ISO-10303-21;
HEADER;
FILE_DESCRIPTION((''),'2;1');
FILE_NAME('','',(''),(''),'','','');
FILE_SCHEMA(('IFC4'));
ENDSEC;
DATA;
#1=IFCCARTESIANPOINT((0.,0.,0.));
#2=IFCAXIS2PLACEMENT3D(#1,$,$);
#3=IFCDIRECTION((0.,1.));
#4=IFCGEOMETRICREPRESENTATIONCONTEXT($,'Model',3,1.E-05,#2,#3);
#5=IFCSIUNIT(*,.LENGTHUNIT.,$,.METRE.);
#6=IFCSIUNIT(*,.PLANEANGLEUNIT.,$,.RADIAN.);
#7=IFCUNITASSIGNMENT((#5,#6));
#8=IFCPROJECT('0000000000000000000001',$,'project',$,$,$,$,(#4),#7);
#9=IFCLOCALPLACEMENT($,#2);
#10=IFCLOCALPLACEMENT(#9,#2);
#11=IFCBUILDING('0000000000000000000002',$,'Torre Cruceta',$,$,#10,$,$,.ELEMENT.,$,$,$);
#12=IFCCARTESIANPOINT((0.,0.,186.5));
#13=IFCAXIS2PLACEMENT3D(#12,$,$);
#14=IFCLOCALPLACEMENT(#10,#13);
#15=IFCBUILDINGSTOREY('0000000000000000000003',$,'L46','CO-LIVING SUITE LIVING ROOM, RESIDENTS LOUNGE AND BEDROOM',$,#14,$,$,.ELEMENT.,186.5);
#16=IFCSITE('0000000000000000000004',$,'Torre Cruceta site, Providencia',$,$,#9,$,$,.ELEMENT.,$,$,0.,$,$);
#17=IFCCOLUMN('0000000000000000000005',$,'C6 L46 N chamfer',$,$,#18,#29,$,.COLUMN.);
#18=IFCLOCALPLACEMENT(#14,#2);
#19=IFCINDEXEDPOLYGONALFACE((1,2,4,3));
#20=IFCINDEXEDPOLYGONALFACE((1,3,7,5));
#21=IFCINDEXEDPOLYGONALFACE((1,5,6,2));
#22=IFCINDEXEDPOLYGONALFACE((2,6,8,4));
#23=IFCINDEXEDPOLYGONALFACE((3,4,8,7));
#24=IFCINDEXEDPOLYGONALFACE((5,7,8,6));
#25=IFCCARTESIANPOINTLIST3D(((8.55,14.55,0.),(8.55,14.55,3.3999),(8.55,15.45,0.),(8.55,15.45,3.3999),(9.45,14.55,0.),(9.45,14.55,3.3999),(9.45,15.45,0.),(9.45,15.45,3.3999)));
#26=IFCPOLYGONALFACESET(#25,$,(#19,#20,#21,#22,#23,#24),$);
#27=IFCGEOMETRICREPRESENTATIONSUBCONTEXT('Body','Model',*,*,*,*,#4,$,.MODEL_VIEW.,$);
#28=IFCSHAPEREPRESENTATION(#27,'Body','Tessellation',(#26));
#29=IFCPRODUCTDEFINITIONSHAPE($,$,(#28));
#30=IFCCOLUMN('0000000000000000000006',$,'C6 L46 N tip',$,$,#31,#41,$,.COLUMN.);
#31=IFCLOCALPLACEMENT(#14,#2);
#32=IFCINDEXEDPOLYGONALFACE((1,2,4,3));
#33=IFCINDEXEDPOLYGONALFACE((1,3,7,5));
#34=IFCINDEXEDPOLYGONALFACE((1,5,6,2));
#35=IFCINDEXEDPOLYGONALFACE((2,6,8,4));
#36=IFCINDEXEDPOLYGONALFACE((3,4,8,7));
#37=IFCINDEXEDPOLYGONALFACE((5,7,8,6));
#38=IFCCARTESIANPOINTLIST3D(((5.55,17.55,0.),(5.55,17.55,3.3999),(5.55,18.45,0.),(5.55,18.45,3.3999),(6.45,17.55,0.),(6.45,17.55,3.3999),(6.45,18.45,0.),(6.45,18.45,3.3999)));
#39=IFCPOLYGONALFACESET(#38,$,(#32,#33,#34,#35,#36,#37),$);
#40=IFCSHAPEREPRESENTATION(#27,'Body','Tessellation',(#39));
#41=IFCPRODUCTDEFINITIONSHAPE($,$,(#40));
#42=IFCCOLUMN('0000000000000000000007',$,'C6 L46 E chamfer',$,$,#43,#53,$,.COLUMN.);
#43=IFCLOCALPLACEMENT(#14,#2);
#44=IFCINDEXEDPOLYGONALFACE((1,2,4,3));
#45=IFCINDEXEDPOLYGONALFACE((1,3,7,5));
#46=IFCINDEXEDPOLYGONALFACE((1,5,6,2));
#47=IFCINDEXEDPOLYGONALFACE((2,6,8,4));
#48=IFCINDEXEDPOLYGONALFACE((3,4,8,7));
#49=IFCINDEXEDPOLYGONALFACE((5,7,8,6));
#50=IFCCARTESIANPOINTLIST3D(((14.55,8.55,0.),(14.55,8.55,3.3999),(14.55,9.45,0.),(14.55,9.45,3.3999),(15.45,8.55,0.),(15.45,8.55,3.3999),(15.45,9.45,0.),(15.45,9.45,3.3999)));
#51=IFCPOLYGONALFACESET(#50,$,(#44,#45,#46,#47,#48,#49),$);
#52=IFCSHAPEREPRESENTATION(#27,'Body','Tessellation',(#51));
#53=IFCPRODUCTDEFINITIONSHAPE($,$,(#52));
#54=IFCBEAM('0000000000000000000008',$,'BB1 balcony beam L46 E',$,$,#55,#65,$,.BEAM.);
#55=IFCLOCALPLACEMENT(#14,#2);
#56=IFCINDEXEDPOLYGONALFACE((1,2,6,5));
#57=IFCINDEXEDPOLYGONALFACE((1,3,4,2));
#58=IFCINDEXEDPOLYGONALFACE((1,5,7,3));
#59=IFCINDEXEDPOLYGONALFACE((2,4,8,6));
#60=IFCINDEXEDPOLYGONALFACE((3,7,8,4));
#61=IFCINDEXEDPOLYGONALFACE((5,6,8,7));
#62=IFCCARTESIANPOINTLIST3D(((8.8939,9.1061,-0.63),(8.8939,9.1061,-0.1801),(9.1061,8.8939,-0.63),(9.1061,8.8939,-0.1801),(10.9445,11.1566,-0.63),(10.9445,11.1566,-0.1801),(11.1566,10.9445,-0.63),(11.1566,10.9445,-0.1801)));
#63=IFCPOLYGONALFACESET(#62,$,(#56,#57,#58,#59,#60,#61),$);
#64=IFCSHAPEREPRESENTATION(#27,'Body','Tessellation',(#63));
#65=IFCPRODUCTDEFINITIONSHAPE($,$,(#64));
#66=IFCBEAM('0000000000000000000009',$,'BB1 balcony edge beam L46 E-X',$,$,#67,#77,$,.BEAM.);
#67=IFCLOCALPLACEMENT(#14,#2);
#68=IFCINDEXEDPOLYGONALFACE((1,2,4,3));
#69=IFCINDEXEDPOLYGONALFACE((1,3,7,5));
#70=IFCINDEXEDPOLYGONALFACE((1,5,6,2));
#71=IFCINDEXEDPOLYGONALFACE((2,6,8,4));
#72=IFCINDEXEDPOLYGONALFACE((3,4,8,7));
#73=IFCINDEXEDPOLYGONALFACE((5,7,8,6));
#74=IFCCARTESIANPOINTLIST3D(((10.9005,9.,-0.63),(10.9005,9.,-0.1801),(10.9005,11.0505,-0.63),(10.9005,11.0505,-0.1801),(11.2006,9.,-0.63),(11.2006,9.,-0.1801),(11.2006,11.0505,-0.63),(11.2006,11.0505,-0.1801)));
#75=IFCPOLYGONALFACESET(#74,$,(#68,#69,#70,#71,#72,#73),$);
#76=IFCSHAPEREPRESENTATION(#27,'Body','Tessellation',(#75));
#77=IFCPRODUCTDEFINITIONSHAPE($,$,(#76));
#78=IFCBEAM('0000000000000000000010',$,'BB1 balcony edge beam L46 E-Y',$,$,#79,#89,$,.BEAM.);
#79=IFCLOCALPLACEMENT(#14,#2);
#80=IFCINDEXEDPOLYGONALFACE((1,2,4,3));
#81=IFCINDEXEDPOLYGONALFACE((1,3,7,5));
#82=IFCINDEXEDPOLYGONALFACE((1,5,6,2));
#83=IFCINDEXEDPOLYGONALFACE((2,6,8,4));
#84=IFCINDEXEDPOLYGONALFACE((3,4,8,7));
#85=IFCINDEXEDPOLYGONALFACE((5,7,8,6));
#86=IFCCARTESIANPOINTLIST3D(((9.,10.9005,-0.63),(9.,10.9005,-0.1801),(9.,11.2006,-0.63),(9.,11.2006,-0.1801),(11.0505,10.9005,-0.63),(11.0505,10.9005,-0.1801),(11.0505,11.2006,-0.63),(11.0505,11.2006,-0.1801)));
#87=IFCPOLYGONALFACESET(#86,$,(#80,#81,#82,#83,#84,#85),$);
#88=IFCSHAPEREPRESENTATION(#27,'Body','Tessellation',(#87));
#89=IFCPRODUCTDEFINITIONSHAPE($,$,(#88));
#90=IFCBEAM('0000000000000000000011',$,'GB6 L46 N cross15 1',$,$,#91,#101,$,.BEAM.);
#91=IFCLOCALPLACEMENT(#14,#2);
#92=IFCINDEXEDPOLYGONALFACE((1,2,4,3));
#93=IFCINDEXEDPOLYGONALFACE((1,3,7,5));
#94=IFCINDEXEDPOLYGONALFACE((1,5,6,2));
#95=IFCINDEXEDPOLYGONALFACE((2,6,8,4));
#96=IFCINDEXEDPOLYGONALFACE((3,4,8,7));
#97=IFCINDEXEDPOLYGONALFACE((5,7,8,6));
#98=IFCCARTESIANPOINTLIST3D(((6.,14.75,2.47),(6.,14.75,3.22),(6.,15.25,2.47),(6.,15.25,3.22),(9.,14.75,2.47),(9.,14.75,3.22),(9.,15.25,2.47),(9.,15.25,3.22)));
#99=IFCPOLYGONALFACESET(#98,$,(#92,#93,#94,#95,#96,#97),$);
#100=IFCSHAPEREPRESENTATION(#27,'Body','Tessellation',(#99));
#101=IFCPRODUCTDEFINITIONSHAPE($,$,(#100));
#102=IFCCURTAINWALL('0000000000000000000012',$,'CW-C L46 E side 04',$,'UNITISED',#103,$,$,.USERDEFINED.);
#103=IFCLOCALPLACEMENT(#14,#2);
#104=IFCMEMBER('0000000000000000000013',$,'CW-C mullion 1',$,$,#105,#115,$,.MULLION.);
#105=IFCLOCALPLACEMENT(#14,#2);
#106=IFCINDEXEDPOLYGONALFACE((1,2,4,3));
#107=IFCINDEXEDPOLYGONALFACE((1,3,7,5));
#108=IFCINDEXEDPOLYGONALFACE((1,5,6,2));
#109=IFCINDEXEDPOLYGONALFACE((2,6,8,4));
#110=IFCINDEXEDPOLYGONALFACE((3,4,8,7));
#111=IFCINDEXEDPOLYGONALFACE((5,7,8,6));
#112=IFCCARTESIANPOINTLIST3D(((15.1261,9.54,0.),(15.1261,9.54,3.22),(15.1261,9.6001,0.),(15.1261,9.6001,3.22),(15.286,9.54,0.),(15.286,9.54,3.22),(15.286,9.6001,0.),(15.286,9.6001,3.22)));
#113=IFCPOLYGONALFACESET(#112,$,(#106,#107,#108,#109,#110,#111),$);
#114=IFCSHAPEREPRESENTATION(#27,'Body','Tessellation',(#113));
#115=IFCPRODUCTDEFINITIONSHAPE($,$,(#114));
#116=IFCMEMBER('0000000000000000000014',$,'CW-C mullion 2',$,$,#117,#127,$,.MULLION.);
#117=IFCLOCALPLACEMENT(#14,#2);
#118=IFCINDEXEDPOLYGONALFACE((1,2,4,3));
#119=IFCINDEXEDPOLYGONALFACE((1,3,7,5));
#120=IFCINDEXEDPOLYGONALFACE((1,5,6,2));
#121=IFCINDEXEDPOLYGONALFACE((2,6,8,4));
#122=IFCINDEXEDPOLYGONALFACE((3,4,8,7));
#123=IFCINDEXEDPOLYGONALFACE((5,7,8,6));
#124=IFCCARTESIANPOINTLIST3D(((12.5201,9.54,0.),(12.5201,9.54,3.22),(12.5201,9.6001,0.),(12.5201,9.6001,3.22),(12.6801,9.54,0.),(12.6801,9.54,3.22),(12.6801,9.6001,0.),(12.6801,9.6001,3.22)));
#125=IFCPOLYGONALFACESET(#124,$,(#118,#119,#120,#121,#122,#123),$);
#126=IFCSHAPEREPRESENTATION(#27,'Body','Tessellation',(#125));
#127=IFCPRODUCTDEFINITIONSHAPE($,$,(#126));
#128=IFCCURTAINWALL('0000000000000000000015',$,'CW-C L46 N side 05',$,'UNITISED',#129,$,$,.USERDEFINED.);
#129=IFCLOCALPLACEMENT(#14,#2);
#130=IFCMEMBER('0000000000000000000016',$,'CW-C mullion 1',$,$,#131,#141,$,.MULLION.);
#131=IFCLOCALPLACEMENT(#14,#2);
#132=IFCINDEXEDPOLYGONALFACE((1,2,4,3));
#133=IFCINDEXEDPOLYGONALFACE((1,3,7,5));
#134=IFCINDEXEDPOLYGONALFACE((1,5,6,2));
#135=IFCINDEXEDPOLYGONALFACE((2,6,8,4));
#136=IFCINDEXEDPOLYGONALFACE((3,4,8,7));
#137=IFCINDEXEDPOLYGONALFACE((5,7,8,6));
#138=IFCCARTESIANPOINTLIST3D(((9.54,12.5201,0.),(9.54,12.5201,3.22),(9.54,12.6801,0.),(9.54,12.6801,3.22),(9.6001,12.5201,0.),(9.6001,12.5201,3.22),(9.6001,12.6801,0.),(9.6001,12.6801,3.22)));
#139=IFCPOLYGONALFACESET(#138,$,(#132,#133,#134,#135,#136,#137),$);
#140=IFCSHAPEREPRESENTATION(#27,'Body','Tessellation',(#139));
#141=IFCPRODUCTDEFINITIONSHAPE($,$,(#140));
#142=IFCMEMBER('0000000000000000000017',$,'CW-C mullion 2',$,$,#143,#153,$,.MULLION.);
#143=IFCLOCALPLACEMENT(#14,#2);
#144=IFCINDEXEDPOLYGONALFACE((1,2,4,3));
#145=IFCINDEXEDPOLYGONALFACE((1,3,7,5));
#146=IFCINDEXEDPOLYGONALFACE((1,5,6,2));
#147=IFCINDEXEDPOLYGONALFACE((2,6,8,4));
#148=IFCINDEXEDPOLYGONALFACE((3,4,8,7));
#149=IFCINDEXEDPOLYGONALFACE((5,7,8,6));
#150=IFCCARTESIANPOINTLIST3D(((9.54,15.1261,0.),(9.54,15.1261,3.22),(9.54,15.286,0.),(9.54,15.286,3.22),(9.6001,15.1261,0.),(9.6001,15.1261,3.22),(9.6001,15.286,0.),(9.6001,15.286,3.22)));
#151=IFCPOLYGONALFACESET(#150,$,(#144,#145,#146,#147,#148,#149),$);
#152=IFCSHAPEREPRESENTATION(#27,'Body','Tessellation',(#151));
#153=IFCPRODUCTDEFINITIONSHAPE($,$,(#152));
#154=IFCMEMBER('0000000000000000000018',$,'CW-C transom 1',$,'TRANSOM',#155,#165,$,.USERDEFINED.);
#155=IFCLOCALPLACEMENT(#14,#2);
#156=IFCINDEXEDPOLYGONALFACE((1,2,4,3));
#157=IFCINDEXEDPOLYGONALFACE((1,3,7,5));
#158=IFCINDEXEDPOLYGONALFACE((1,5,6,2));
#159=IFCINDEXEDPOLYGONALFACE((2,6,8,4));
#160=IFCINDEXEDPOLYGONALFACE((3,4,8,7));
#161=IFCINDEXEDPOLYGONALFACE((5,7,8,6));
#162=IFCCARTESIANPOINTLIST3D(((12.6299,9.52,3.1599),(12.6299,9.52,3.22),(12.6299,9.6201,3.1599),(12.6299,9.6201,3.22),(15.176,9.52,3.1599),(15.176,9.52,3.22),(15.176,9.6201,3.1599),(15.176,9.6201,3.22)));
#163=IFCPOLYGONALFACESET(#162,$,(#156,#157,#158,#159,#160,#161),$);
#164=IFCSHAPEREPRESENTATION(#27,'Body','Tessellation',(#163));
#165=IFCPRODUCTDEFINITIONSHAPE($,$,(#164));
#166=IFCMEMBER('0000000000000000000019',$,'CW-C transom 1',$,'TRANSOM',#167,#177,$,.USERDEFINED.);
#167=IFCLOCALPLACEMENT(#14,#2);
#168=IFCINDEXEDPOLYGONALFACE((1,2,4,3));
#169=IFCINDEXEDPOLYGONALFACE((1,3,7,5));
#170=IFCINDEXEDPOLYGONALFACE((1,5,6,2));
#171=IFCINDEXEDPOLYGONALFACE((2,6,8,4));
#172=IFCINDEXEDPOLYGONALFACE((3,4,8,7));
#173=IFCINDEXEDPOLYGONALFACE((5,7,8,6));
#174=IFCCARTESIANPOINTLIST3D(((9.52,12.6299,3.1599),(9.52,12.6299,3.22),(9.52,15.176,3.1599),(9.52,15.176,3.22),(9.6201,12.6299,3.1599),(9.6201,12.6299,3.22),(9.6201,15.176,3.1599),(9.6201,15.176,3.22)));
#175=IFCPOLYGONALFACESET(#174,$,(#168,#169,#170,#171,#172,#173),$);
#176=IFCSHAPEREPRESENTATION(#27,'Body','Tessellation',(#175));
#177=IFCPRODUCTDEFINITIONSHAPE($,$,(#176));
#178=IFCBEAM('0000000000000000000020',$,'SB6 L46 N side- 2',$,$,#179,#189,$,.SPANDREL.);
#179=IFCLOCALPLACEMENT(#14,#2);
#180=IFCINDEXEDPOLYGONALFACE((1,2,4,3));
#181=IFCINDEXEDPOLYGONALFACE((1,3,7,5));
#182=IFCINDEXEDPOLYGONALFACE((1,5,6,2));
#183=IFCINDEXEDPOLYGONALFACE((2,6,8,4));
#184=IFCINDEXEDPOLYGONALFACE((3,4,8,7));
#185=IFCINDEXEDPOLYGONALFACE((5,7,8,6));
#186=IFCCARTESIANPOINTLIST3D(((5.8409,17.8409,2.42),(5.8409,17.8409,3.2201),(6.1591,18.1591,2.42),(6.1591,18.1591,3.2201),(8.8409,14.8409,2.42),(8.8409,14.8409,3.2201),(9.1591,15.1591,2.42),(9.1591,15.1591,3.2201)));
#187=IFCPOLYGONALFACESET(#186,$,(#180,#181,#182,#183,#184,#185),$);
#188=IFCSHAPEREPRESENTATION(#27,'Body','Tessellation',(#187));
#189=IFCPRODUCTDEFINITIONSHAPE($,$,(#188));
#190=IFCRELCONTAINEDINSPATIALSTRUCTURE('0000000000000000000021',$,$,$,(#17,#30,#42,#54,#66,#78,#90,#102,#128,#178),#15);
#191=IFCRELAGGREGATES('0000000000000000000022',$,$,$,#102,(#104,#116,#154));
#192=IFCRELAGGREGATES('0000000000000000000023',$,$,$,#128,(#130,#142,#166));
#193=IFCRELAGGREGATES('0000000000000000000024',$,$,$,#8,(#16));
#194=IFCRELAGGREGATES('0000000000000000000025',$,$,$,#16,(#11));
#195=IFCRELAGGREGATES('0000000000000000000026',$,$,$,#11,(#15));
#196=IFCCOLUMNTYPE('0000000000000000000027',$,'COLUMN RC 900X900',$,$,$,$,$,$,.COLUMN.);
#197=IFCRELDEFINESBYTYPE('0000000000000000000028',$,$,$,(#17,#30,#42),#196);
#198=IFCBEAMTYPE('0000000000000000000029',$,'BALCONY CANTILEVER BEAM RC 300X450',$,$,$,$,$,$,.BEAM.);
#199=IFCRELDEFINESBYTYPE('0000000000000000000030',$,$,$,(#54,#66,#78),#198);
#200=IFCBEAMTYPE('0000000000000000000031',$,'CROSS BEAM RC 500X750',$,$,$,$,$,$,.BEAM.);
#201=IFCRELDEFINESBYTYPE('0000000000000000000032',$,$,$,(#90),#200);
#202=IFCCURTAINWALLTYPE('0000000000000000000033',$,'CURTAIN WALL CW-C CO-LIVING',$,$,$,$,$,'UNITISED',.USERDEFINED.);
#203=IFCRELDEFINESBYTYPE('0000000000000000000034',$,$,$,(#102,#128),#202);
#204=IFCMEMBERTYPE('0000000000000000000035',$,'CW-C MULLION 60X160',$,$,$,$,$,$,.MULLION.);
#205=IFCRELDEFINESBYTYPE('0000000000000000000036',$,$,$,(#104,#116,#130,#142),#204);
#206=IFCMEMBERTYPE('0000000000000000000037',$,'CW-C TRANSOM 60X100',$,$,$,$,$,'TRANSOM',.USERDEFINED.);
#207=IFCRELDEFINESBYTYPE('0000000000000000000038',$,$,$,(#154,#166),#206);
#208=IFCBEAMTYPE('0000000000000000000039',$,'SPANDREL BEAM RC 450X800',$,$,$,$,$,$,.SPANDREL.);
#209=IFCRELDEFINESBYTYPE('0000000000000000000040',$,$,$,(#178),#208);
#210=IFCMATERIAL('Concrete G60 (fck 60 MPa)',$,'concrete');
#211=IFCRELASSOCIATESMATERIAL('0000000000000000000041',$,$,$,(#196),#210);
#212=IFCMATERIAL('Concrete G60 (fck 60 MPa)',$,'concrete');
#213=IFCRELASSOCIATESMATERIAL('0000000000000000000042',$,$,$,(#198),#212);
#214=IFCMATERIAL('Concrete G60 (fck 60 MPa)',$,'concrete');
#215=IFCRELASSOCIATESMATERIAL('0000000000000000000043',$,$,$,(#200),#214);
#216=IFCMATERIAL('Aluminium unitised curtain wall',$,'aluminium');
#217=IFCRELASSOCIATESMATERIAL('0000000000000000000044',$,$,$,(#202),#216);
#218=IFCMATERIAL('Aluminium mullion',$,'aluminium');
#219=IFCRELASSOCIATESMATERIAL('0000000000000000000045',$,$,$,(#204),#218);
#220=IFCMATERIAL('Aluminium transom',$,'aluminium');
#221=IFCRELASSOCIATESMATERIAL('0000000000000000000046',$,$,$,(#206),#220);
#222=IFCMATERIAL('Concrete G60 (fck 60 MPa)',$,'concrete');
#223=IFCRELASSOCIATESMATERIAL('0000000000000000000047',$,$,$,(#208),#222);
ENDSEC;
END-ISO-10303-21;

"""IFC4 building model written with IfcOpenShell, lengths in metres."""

from ifc_helpers import new_model, si_unit, direction, frame, origin, origin_2d, place, context, subcontext, project, spatial, rectangle, extrude, material, material_profile, profile_set, type_object, element, aggregate, save


model = new_model("IFC4")

# Units and contexts
model_context = context("Model", 3, precision=1e-05, world=origin(), true_north=direction((0.0, 1.0)))
body_context = subcontext(model_context, "Body", "Model", "MODEL_VIEW")
ifc_project = project(units=[si_unit("LENGTHUNIT", "METRE"), si_unit("PLANEANGLEUNIT", "RADIAN")], contexts=[model_context])

# Site, building, storey
site_placement = place(None, origin())
site = spatial("IfcSite", under=ifc_project, at=site_placement, Name="Torre Cruceta site, Providencia", CompositionType="ELEMENT", RefElevation=0.0)
building_placement = place(site_placement, origin())
building = spatial("IfcBuilding", under=site, at=building_placement, Name="Torre Cruceta", CompositionType="ELEMENT")
storey_placement = place(building_placement, frame((0.0, 0.0, 186.5)))
storey = spatial("IfcBuildingStorey", under=building, at=storey_placement, Name="L46", Description="CO-LIVING SUITE LIVING ROOM, RESIDENTS LOUNGE AND BEDROOM", CompositionType="ELEMENT", Elevation=186.5)

# Columns
ifc_material_1 = material(Name="Concrete G60 (fck 60 MPa)", Category="concrete")
ifc_material_profile_1 = material_profile(ifc_material_1, rectangle(XDim=0.8999, YDim=0.8999, at=origin_2d()), Name="RC 900X900")
ifc_profile_set_1 = profile_set([ifc_material_profile_1], Name="Concrete G60 (fck 60 MPa)")
column_type = type_object("IfcColumnType", Name="COLUMN RC 900X900", PredefinedType="COLUMN", material=ifc_profile_set_1)
for number, where, z_axis, x_axis, name in (
    (1, (9.0, 15.0, 0.0), (0.0, 0.0, 1.0), (1.0, 0.0, 0.0), "C6 L46 N chamfer"),
    (2, (6.0, 18.0, 0.0), (0.0, 0.0, 1.0), (1.0, 0.0, 0.0), "C6 L46 N tip"),
    (3, (15.0, 9.0, 0.0), (0.0, 0.0, 1.0), (1.0, 0.0, 0.0), "C6 L46 E chamfer"),
):
    element("IfcColumn", number, at=place(storey_placement, frame(where, z_axis=z_axis, x_axis=x_axis)), inside=storey, type_object=column_type, Name=name, PredefinedType="COLUMN", context=body_context, shape_type="SweptSolid", body=[
        extrude(rectangle(XDim=0.8999, YDim=0.8999, at=origin_2d()), origin(), (0.0, 0.0, 1.0), 3.3999),
    ])

# Beams
ifc_material_2 = material(Name="Concrete G60 (fck 60 MPa)", Category="concrete")
ifc_material_profile_2 = material_profile(ifc_material_2, rectangle(XDim=0.3, YDim=0.45, at=origin_2d()), Name="RC 300X450")
ifc_profile_set_2 = profile_set([ifc_material_profile_2], Name="Concrete G60 (fck 60 MPa)")
beam_type_1 = type_object("IfcBeamType", Name="BALCONY CANTILEVER BEAM RC 300X450", PredefinedType="BEAM", material=ifc_profile_set_2)
beam_1_placement = place(storey_placement, frame((9.0, 9.0, -0.405), z_axis=(0.707107, 0.707107, 0.0), x_axis=(-0.707107, 0.707107, 0.0)))
element("IfcBeam", 4, at=beam_1_placement, inside=storey, type_object=beam_type_1, Name="BB1 balcony beam L46 E", PredefinedType="BEAM", context=body_context, shape_type="SweptSolid", body=[
    extrude(rectangle(XDim=0.3, YDim=0.45, at=origin_2d()), origin(), (0.0, 0.0, 1.0), 2.8999),
])
for number, where, z_axis, x_axis, name in (
    (5, (11.0505, 9.0, -0.405), (0.0, 1.0, 0.0), (-1.0, 0.0, 0.0), "BB1 balcony edge beam L46 E-X"),
    (6, (9.0, 11.0505, -0.405), (1.0, 0.0, 0.0), (0.0, 1.0, 0.0), "BB1 balcony edge beam L46 E-Y"),
):
    element("IfcBeam", number, at=place(storey_placement, frame(where, z_axis=z_axis, x_axis=x_axis)), inside=storey, type_object=beam_type_1, Name=name, PredefinedType="BEAM", context=body_context, shape_type="SweptSolid", body=[
        extrude(rectangle(XDim=0.3, YDim=0.45, at=origin_2d()), origin(), (0.0, 0.0, 1.0), 2.0505),
    ])
ifc_material_3 = material(Name="Concrete G60 (fck 60 MPa)", Category="concrete")
ifc_material_profile_3 = material_profile(ifc_material_3, rectangle(XDim=0.5, YDim=0.75, at=origin_2d()), Name="RC 500X750")
ifc_profile_set_3 = profile_set([ifc_material_profile_3], Name="Concrete G60 (fck 60 MPa)")
beam_type_2 = type_object("IfcBeamType", Name="CROSS BEAM RC 500X750", PredefinedType="BEAM", material=ifc_profile_set_3)
beam_2_placement = place(storey_placement, frame((9.0, 15.0, 2.845), z_axis=(-1.0, 0.0, 0.0), x_axis=(0.0, -1.0, 0.0)))
element("IfcBeam", 7, at=beam_2_placement, inside=storey, type_object=beam_type_2, Name="GB6 L46 N cross15 1", PredefinedType="BEAM", context=body_context, shape_type="SweptSolid", body=[
    extrude(rectangle(XDim=0.5, YDim=0.75, at=origin_2d()), origin(), (0.0, 0.0, 1.0), 3.0),
])

# Curtain walls, members
ifc_material_4 = material(Name="Aluminium unitised curtain wall", Category="aluminium")
curtain_wall_type = type_object("IfcCurtainWallType", Name="CURTAIN WALL CW-C CO-LIVING", ElementType="UNITISED", PredefinedType="USERDEFINED", material=ifc_material_4)
curtain_wall_1_placement = place(storey_placement, origin())
curtain_wall_1 = element("IfcCurtainWall", 8, at=curtain_wall_1_placement, inside=storey, type_object=curtain_wall_type, Name="CW-C L46 E side 04", ObjectType="UNITISED", PredefinedType="USERDEFINED")
ifc_material_5 = material(Name="Aluminium mullion", Category="aluminium")
ifc_material_profile_4 = material_profile(ifc_material_5, rectangle(XDim=0.0601, YDim=0.1599, at=origin_2d()), Name="AL 60X160")
ifc_profile_set_4 = profile_set([ifc_material_profile_4], Name="Aluminium mullion")
member_type_1 = type_object("IfcMemberType", Name="CW-C MULLION 60X160", PredefinedType="MULLION", material=ifc_profile_set_4)
member_1_placement = place(storey_placement, frame((15.2061, 9.5701, 0.0), z_axis=(0.0, 0.0, 1.0), x_axis=(0.0, -1.0, 0.0)))
member_1 = element("IfcMember", 9, at=member_1_placement, type_object=member_type_1, Name="CW-C mullion 1", PredefinedType="MULLION", context=body_context, shape_type="SweptSolid", body=[
    extrude(rectangle(XDim=0.0601, YDim=0.1599, at=origin_2d()), origin(), (0.0, 0.0, 1.0), 3.22),
])
member_2_placement = place(storey_placement, frame((12.6001, 9.5701, 0.0), z_axis=(0.0, 0.0, 1.0), x_axis=(0.0, -1.0, 0.0)))
member_2 = element("IfcMember", 10, at=member_2_placement, type_object=member_type_1, Name="CW-C mullion 2", PredefinedType="MULLION", context=body_context, shape_type="SweptSolid", body=[
    extrude(rectangle(XDim=0.0601, YDim=0.1599, at=origin_2d()), origin(), (0.0, 0.0, 1.0), 3.22),
])
curtain_wall_2_placement = place(storey_placement, origin())
curtain_wall_2 = element("IfcCurtainWall", 11, at=curtain_wall_2_placement, inside=storey, type_object=curtain_wall_type, Name="CW-C L46 N side 05", ObjectType="UNITISED", PredefinedType="USERDEFINED")
member_3_placement = place(storey_placement, frame((9.5701, 12.6001, 0.0), z_axis=(0.0, 0.0, 1.0), x_axis=(-1.0, 0.0, 0.0)))
member_3 = element("IfcMember", 12, at=member_3_placement, type_object=member_type_1, Name="CW-C mullion 1", PredefinedType="MULLION", context=body_context, shape_type="SweptSolid", body=[
    extrude(rectangle(XDim=0.0601, YDim=0.1599, at=origin_2d()), origin(), (0.0, 0.0, 1.0), 3.22),
])
member_4_placement = place(storey_placement, frame((9.5701, 15.2061, 0.0), z_axis=(0.0, 0.0, 1.0), x_axis=(-1.0, 0.0, 0.0)))
member_4 = element("IfcMember", 13, at=member_4_placement, type_object=member_type_1, Name="CW-C mullion 2", PredefinedType="MULLION", context=body_context, shape_type="SweptSolid", body=[
    extrude(rectangle(XDim=0.0601, YDim=0.1599, at=origin_2d()), origin(), (0.0, 0.0, 1.0), 3.22),
])

# Members
ifc_material_6 = material(Name="Aluminium transom", Category="aluminium")
ifc_material_profile_5 = material_profile(ifc_material_6, rectangle(XDim=0.1001, YDim=0.0601, at=origin_2d()), Name="AL 100X60")
ifc_profile_set_5 = profile_set([ifc_material_profile_5], Name="Aluminium transom")
member_type_2 = type_object("IfcMemberType", Name="CW-C TRANSOM 60X100", ElementType="TRANSOM", PredefinedType="USERDEFINED", material=ifc_profile_set_5)
member_5_placement = place(storey_placement, frame((15.176, 9.5701, 3.1899), z_axis=(-1.0, 0.0, 0.0), x_axis=(0.0, -1.0, 0.0)))
member_5 = element("IfcMember", 14, at=member_5_placement, type_object=member_type_2, Name="CW-C transom 1", ObjectType="TRANSOM", PredefinedType="USERDEFINED", context=body_context, shape_type="SweptSolid", body=[
    extrude(rectangle(XDim=0.1001, YDim=0.0601, at=origin_2d()), origin(), (0.0, 0.0, 1.0), 2.5461),
])
member_6_placement = place(storey_placement, frame((9.5701, 12.6299, 3.1899), z_axis=(0.0, 1.0, 0.0), x_axis=(-1.0, 0.0, 0.0)))
member_6 = element("IfcMember", 15, at=member_6_placement, type_object=member_type_2, Name="CW-C transom 1", ObjectType="TRANSOM", PredefinedType="USERDEFINED", context=body_context, shape_type="SweptSolid", body=[
    extrude(rectangle(XDim=0.1001, YDim=0.0601, at=origin_2d()), origin(), (0.0, 0.0, 1.0), 2.5461),
])

# Beam
ifc_material_7 = material(Name="Concrete G60 (fck 60 MPa)", Category="concrete")
ifc_material_profile_6 = material_profile(ifc_material_7, rectangle(XDim=0.45, YDim=0.8, at=origin_2d()), Name="RC 450X800")
ifc_profile_set_6 = profile_set([ifc_material_profile_6], Name="Concrete G60 (fck 60 MPa)")
beam_type_3 = type_object("IfcBeamType", Name="SPANDREL BEAM RC 450X800", PredefinedType="SPANDREL", material=ifc_profile_set_6)
for number, where, z_axis, x_axis, name in (
    (16, (9.0, 15.0, 2.8201), (-0.707107, 0.707107, 0.0), (-0.707107, -0.707107, 0.0), "SB6 L46 N side- 2"),
):
    element("IfcBeam", number, at=place(storey_placement, frame(where, z_axis=z_axis, x_axis=x_axis)), inside=storey, type_object=beam_type_3, Name=name, PredefinedType="SPANDREL", context=body_context, shape_type="SweptSolid", body=[
        extrude(rectangle(XDim=0.45, YDim=0.8, at=origin_2d()), origin(), (0.0, 0.0, 1.0), 4.2427),
    ])

aggregate(curtain_wall_1, [member_1, member_2, member_5])
aggregate(curtain_wall_2, [member_3, member_4, member_6])

save(model, "model.ifc")
